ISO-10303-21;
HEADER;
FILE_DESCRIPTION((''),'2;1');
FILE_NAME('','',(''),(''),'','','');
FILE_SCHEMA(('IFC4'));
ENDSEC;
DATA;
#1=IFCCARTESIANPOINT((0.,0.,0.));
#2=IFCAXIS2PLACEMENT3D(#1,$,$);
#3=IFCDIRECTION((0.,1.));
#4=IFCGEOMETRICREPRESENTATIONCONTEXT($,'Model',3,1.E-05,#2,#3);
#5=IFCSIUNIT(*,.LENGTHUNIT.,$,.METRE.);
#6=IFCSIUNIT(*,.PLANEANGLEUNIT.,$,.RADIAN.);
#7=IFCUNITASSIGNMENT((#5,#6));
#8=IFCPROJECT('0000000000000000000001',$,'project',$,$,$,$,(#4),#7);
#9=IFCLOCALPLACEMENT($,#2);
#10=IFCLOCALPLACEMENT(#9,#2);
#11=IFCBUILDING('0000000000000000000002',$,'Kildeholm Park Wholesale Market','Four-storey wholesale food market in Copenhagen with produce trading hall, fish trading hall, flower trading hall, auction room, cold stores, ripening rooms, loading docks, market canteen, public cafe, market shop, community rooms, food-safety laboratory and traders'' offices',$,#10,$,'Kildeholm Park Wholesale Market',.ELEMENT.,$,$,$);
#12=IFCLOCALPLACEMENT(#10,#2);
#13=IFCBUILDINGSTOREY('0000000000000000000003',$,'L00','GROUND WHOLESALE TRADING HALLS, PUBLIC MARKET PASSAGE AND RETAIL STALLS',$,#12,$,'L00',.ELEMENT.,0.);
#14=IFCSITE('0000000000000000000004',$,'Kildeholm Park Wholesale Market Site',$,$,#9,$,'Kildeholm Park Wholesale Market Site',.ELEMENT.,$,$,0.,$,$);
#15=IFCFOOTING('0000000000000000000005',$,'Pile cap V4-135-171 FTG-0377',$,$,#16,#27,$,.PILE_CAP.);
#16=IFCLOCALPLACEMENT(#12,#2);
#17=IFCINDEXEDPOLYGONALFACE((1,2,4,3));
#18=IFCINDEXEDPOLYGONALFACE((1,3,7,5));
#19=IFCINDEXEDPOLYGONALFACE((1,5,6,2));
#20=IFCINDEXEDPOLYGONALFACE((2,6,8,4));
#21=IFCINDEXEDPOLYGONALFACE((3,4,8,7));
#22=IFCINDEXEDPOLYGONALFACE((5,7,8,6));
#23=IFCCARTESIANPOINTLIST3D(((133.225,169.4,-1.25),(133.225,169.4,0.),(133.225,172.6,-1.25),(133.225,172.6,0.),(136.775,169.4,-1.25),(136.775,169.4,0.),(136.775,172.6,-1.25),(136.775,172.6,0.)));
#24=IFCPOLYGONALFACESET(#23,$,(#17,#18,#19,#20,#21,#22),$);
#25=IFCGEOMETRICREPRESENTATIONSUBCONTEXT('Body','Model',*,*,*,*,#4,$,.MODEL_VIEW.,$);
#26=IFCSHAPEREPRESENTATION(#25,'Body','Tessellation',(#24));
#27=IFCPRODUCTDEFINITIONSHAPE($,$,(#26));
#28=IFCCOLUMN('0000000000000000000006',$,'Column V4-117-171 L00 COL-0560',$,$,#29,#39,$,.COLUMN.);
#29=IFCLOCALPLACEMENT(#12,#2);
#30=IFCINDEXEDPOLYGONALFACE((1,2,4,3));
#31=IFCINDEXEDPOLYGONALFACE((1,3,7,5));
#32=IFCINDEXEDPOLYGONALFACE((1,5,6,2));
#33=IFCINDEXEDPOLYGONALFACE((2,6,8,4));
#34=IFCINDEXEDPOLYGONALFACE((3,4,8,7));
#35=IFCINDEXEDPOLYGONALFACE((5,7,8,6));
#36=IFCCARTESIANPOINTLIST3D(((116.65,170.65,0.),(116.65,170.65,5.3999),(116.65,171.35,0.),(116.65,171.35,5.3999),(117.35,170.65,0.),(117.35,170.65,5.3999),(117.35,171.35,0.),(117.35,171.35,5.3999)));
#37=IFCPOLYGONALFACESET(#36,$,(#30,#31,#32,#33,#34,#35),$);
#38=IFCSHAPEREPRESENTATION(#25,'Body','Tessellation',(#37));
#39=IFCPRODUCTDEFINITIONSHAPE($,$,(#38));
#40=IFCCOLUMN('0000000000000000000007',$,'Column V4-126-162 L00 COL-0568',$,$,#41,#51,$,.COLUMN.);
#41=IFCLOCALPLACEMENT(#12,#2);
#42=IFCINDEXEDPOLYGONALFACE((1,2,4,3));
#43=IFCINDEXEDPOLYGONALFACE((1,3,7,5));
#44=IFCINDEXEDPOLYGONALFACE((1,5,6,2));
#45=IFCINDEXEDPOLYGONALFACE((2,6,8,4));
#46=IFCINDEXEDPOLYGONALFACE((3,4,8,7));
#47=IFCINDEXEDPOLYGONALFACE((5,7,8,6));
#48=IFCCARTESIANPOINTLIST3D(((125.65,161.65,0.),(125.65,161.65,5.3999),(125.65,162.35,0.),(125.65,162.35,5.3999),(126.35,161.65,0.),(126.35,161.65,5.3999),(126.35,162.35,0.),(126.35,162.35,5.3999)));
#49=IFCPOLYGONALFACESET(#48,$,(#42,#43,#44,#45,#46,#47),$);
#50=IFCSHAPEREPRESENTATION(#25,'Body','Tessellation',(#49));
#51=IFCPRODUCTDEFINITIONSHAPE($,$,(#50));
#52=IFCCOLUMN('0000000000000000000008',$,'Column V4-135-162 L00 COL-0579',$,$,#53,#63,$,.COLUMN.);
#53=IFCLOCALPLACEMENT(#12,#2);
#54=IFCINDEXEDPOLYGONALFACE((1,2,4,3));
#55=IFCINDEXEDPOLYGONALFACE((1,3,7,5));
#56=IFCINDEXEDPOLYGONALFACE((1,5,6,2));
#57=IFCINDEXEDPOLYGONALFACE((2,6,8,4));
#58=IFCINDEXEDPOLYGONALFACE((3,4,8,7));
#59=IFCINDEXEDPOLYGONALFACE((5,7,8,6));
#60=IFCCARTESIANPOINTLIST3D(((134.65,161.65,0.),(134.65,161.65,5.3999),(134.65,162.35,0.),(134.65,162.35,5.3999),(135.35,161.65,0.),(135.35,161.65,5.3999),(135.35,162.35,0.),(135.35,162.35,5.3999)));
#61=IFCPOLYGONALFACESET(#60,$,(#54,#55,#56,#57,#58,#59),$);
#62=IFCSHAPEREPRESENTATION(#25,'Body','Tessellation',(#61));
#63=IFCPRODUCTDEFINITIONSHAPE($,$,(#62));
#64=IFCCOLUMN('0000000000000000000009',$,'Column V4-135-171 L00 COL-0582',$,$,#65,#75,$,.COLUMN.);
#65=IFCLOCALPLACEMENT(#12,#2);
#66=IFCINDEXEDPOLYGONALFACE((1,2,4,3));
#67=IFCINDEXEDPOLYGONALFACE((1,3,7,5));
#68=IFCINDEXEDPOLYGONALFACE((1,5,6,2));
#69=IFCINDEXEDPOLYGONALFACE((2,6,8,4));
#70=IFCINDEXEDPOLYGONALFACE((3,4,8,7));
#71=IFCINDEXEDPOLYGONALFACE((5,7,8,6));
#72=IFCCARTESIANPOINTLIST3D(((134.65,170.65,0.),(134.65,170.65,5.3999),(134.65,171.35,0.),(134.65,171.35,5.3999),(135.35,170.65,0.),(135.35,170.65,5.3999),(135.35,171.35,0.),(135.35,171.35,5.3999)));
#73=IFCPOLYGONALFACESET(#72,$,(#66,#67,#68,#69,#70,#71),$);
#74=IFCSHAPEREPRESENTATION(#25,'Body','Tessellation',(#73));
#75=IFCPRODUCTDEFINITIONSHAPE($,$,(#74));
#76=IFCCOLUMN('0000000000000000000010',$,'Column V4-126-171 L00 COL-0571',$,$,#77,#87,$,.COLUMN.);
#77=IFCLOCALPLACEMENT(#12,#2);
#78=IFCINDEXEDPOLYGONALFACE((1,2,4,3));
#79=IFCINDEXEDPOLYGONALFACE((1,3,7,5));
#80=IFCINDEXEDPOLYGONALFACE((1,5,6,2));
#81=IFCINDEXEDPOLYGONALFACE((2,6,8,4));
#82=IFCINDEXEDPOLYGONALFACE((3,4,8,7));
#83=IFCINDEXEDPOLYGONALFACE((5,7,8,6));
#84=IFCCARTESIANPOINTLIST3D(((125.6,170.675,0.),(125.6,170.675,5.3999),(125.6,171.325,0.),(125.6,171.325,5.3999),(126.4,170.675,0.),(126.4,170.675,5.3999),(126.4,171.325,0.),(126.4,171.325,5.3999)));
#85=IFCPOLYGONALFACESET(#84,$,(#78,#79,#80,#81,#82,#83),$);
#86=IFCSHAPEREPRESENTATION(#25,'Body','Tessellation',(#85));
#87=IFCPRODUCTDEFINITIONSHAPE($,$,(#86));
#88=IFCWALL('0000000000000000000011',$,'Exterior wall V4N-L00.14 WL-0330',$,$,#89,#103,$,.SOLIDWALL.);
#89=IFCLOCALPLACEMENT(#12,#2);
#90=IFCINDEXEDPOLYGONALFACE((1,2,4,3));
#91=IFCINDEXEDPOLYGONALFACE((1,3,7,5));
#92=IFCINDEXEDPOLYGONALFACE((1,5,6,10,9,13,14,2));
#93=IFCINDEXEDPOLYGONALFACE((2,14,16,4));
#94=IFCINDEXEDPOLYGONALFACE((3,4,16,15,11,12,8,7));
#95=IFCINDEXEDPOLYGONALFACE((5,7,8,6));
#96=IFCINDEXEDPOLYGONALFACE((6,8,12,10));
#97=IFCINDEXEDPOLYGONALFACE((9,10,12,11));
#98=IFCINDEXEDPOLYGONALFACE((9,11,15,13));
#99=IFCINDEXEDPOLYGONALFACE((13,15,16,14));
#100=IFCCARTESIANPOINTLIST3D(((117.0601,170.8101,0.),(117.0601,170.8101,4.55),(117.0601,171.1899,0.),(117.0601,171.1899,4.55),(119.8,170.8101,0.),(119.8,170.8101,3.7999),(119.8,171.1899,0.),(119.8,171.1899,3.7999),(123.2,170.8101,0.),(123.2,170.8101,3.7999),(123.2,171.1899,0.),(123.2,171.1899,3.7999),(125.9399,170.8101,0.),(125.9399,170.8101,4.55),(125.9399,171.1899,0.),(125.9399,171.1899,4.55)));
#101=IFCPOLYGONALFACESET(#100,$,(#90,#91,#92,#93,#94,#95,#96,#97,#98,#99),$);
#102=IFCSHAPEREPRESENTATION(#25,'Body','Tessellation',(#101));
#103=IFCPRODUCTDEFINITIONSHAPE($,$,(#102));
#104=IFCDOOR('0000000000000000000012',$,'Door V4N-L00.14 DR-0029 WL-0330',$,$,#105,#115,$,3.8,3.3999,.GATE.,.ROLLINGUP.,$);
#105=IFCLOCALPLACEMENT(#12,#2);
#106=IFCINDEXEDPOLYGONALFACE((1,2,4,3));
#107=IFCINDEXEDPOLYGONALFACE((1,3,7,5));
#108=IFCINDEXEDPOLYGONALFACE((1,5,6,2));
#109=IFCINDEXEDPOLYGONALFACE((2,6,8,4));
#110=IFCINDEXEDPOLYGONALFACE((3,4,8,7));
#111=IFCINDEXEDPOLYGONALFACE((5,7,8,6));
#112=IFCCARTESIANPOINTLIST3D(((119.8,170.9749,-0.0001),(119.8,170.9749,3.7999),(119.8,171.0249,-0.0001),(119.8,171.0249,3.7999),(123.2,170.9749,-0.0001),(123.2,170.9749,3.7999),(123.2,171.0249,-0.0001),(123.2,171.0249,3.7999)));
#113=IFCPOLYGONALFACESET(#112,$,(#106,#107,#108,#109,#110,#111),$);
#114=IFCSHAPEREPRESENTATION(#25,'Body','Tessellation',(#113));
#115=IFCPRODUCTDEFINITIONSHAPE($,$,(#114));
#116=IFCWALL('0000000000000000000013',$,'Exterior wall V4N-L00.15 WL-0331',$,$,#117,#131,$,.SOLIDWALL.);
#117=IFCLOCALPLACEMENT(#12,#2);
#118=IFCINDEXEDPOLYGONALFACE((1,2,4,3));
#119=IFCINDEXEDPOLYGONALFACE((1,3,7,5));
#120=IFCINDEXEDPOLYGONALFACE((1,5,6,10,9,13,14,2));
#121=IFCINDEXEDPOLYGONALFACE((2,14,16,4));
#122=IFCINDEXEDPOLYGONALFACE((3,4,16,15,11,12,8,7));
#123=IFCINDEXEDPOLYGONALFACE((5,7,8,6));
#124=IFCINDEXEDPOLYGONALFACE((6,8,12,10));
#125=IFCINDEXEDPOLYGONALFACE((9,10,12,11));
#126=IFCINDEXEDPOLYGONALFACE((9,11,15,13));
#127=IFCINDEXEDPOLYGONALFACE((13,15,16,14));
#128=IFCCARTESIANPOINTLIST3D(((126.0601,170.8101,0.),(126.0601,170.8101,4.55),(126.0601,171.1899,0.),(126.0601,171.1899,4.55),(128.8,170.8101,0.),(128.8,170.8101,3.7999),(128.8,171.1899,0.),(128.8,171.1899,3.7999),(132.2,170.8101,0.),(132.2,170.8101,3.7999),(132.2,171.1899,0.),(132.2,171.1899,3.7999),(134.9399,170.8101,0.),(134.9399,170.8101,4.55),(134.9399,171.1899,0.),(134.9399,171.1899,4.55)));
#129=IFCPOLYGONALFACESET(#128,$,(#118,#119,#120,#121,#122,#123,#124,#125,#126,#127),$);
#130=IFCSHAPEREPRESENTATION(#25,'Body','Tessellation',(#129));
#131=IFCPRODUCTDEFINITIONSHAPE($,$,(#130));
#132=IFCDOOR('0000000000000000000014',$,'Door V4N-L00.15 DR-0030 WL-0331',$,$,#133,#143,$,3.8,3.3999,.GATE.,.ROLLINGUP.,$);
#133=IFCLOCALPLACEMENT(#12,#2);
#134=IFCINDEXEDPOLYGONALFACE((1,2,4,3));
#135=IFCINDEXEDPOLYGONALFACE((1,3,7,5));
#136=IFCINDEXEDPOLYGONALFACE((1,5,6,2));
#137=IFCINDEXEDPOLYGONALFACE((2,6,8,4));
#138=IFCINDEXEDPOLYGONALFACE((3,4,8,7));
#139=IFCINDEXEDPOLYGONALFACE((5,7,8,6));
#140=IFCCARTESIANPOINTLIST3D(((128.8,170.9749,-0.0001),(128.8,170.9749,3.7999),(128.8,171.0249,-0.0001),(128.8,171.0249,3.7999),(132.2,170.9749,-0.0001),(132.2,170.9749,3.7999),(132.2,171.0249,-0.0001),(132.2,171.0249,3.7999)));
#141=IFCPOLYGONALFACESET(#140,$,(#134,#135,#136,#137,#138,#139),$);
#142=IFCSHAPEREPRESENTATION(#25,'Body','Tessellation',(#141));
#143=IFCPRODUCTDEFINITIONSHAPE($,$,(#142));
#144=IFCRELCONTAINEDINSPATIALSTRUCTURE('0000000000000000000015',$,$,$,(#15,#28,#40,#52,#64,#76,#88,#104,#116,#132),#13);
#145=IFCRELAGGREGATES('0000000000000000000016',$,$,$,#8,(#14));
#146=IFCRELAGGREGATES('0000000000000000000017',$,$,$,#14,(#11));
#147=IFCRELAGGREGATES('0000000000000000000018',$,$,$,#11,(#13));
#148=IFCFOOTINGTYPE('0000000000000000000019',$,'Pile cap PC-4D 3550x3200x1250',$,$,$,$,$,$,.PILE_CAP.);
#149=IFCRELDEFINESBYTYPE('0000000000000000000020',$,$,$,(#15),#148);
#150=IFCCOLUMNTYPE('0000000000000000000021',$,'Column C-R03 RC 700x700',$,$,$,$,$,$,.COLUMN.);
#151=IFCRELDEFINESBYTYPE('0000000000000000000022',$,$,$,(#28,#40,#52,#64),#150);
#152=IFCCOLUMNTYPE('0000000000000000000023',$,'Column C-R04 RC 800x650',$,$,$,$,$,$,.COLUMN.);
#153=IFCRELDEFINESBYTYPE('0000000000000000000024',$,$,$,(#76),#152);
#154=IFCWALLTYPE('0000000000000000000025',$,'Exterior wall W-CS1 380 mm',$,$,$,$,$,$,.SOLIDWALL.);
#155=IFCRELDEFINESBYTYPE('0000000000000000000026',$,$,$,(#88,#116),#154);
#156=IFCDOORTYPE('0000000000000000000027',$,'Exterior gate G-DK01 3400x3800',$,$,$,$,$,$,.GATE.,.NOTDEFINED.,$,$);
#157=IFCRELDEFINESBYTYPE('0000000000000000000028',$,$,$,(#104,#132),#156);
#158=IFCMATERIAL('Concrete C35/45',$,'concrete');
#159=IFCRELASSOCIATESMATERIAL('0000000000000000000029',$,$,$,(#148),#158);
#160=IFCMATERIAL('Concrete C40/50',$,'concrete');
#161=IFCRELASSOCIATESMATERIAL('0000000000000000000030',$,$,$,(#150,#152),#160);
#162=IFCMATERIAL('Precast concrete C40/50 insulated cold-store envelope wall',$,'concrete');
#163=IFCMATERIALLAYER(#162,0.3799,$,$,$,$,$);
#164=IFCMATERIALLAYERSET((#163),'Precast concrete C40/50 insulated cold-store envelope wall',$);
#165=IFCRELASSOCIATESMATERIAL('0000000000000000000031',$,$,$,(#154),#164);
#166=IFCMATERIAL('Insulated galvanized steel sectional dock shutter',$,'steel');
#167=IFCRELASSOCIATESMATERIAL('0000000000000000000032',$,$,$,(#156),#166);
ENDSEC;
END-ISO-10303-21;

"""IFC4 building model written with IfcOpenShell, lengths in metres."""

from ifc_helpers import new_model, si_unit, direction, frame, frame_2d, origin, origin_2d, place, context, subcontext, project, spatial, rectangle, extrude, material, layer, layer_set, material_profile, profile_set, type_object, element, fill, save


model = new_model("IFC4")

# Units and contexts
model_context = context("Model", 3, precision=1e-05, world=origin(), true_north=direction((0.0, 1.0)))
body_context = subcontext(model_context, "Body", "Model", "MODEL_VIEW")
ifc_project = project(units=[si_unit("LENGTHUNIT", "METRE"), si_unit("PLANEANGLEUNIT", "RADIAN")], contexts=[model_context])

# Site, building, storey
site_placement = place(None, origin())
site = spatial("IfcSite", under=ifc_project, at=site_placement, Name="Kildeholm Park Wholesale Market Site", LongName="Kildeholm Park Wholesale Market Site", CompositionType="ELEMENT", RefElevation=0.0)
building_placement = place(site_placement, origin())
building = spatial("IfcBuilding", under=site, at=building_placement, Name="Kildeholm Park Wholesale Market", Description="Four-storey wholesale food market in Copenhagen with produce trading hall, fish trading hall, flower trading hall, auction room, cold stores, ripening rooms, loading docks, market canteen, public cafe, market shop, community rooms, food-safety laboratory and traders' offices", LongName="Kildeholm Park Wholesale Market", CompositionType="ELEMENT")
storey_placement = place(building_placement, origin())
storey = spatial("IfcBuildingStorey", under=building, at=storey_placement, Name="L00", Description="GROUND WHOLESALE TRADING HALLS, PUBLIC MARKET PASSAGE AND RETAIL STALLS", LongName="L00", CompositionType="ELEMENT", Elevation=0.0)

# Shared definitions
ifc_material_1 = material(Name="Concrete C35/45", Category="concrete")

# Footing
footing_type_1 = type_object("IfcFootingType", Name="Pile cap PC-4D 3550x3200x1250", PredefinedType="PILE_CAP", material=ifc_material_1)
for number, where, z_axis, x_axis, name in (
    (1, (135.0, 171.0, -1.25), (0.0, 0.0, 1.0), (1.0, 0.0, 0.0), "Pile cap V4-135-171 FTG-0377"),
):
    element("IfcFooting", number, at=place(storey_placement, frame(where, z_axis=z_axis, x_axis=x_axis)), inside=storey, type_object=footing_type_1, Name=name, PredefinedType="PILE_CAP", context=body_context, shape_type="SweptSolid", body=[
        extrude(rectangle(XDim=3.55, YDim=3.2, at=origin_2d()), origin(), (0.0, 0.0, 1.0), 1.25),
    ])

# Columns
ifc_material_2 = material(Name="Concrete C40/50", Category="concrete")
ifc_material_profile_1 = material_profile(ifc_material_2, rectangle(XDim=0.7, YDim=0.7, at=origin_2d()), Name="RC 700x700")
ifc_profile_set_1 = profile_set([ifc_material_profile_1], Name="Concrete C40/50")
column_type_1 = type_object("IfcColumnType", Name="Column C-R03 RC 700x700", PredefinedType="COLUMN", material=ifc_profile_set_1)
for number, where, z_axis, x_axis, name in (
    (2, (117.0, 171.0, 0.0), (0.0, 0.0, 1.0), (1.0, 0.0, 0.0), "Column V4-117-171 L00 COL-0560"),
    (3, (126.0, 162.0, 0.0), (0.0, 0.0, 1.0), (1.0, 0.0, 0.0), "Column V4-126-162 L00 COL-0568"),
    (4, (135.0, 162.0, 0.0), (0.0, 0.0, 1.0), (1.0, 0.0, 0.0), "Column V4-135-162 L00 COL-0579"),
    (5, (135.0, 171.0, 0.0), (0.0, 0.0, 1.0), (1.0, 0.0, 0.0), "Column V4-135-171 L00 COL-0582"),
):
    element("IfcColumn", number, at=place(storey_placement, frame(where, z_axis=z_axis, x_axis=x_axis)), inside=storey, type_object=column_type_1, Name=name, PredefinedType="COLUMN", context=body_context, shape_type="SweptSolid", body=[
        extrude(rectangle(XDim=0.7, YDim=0.7, at=origin_2d()), origin(), (0.0, 0.0, 1.0), 5.3999),
    ])
ifc_material_profile_2 = material_profile(ifc_material_2, rectangle(XDim=0.8, YDim=0.6499, at=origin_2d()), Name="RC 800x650")
ifc_profile_set_2 = profile_set([ifc_material_profile_2], Name="Concrete C40/50")
column_type_2 = type_object("IfcColumnType", Name="Column C-R04 RC 800x650", PredefinedType="COLUMN", material=ifc_profile_set_2)
column_placement = place(storey_placement, frame((126.0, 171.0, 0.0), z_axis=(0.0, 0.0, 1.0), x_axis=(1.0, 0.0, 0.0)))
element("IfcColumn", 6, at=column_placement, inside=storey, type_object=column_type_2, Name="Column V4-126-171 L00 COL-0571", PredefinedType="COLUMN", context=body_context, shape_type="SweptSolid", body=[
    extrude(rectangle(XDim=0.8, YDim=0.6499, at=origin_2d()), origin(), (0.0, 0.0, 1.0), 5.3999),
])

# Walls, openings, doors
ifc_material_3 = material(Name="Precast concrete C40/50 insulated cold-store envelope wall", Category="concrete")
ifc_layer = layer(ifc_material_3, 0.3799)
ifc_layer_set = layer_set([ifc_layer], Name="Precast concrete C40/50 insulated cold-store envelope wall")
wall_type = type_object("IfcWallType", Name="Exterior wall W-CS1 380 mm", PredefinedType="SOLIDWALL", material=ifc_layer_set)
wall_1_placement = place(storey_placement, frame((117.0601, 171.0, 0.0), z_axis=(0.0, 0.0, 1.0), x_axis=(1.0, 0.0, 0.0)))
wall_1 = element("IfcWall", 7, at=wall_1_placement, inside=storey, type_object=wall_type, Name="Exterior wall V4N-L00.14 WL-0330", PredefinedType="SOLIDWALL", context=body_context, shape_type="SweptSolid", body=[
    extrude(rectangle(XDim=8.8799, YDim=0.3799, at=frame_2d((4.4399, 0.0))), origin(), (0.0, 0.0, 1.0), 4.55),
])
opening_1_placement = place(wall_1_placement, frame((2.74, 0.0, 0.0)))
opening_1 = element("IfcOpeningElement", 8, at=opening_1_placement, cuts=wall_1, PredefinedType="OPENING", context=body_context, shape_type="SweptSolid", body=[
    extrude(rectangle(XDim=3.3999, YDim=3.8, at=frame_2d((1.7, 1.8999))), frame((0.0, 0.2, 0.0), z_axis=(0.0, -1.0, 0.0), x_axis=(1.0, 0.0, 0.0)), (0.0, 0.0, 1.0), 0.3999),
])
ifc_material_4 = material(Name="Insulated galvanized steel sectional dock shutter", Category="steel")
door_type_1 = type_object("IfcDoorType", Name="Exterior gate G-DK01 3400x3800", OperationType="NOTDEFINED", PredefinedType="GATE", material=ifc_material_4)
door_1_placement = place(opening_1_placement, origin())
door_1 = element("IfcDoor", 9, at=door_1_placement, inside=storey, type_object=door_type_1, Name="Door V4N-L00.14 DR-0029 WL-0330", OperationType="ROLLINGUP", OverallHeight=3.8, OverallWidth=3.3999, PredefinedType="GATE", context=body_context, shape_type="SweptSolid", body=[
    extrude(rectangle(XDim=3.3999, YDim=3.8, at=frame_2d((1.7, 1.8999))), frame((0.0, 0.0249, 0.0), z_axis=(0.0, -1.0, 0.0), x_axis=(1.0, 0.0, 0.0)), (0.0, 0.0, 1.0), 0.05),
])
fill(opening_1, door_1)
wall_2_placement = place(storey_placement, frame((126.0601, 171.0, 0.0), z_axis=(0.0, 0.0, 1.0), x_axis=(1.0, 0.0, 0.0)))
wall_2 = element("IfcWall", 10, at=wall_2_placement, inside=storey, type_object=wall_type, Name="Exterior wall V4N-L00.15 WL-0331", PredefinedType="SOLIDWALL", context=body_context, shape_type="SweptSolid", body=[
    extrude(rectangle(XDim=8.8799, YDim=0.3799, at=frame_2d((4.4399, 0.0))), origin(), (0.0, 0.0, 1.0), 4.55),
])
opening_2_placement = place(wall_2_placement, frame((2.74, 0.0, 0.0)))
opening_2 = element("IfcOpeningElement", 11, at=opening_2_placement, cuts=wall_2, PredefinedType="OPENING", context=body_context, shape_type="SweptSolid", body=[
    extrude(rectangle(XDim=3.3999, YDim=3.8, at=frame_2d((1.7, 1.8999))), frame((0.0, 0.2, 0.0), z_axis=(0.0, -1.0, 0.0), x_axis=(1.0, 0.0, 0.0)), (0.0, 0.0, 1.0), 0.3999),
])
door_2_placement = place(opening_2_placement, origin())
door_2 = element("IfcDoor", 12, at=door_2_placement, inside=storey, type_object=door_type_1, Name="Door V4N-L00.15 DR-0030 WL-0331", OperationType="ROLLINGUP", OverallHeight=3.8, OverallWidth=3.3999, PredefinedType="GATE", context=body_context, shape_type="SweptSolid", body=[
    extrude(rectangle(XDim=3.3999, YDim=3.8, at=frame_2d((1.7, 1.8999))), frame((0.0, 0.0249, 0.0), z_axis=(0.0, -1.0, 0.0), x_axis=(1.0, 0.0, 0.0)), (0.0, 0.0, 1.0), 0.05),
])
fill(opening_2, door_2)

save(model, "model.ifc")
